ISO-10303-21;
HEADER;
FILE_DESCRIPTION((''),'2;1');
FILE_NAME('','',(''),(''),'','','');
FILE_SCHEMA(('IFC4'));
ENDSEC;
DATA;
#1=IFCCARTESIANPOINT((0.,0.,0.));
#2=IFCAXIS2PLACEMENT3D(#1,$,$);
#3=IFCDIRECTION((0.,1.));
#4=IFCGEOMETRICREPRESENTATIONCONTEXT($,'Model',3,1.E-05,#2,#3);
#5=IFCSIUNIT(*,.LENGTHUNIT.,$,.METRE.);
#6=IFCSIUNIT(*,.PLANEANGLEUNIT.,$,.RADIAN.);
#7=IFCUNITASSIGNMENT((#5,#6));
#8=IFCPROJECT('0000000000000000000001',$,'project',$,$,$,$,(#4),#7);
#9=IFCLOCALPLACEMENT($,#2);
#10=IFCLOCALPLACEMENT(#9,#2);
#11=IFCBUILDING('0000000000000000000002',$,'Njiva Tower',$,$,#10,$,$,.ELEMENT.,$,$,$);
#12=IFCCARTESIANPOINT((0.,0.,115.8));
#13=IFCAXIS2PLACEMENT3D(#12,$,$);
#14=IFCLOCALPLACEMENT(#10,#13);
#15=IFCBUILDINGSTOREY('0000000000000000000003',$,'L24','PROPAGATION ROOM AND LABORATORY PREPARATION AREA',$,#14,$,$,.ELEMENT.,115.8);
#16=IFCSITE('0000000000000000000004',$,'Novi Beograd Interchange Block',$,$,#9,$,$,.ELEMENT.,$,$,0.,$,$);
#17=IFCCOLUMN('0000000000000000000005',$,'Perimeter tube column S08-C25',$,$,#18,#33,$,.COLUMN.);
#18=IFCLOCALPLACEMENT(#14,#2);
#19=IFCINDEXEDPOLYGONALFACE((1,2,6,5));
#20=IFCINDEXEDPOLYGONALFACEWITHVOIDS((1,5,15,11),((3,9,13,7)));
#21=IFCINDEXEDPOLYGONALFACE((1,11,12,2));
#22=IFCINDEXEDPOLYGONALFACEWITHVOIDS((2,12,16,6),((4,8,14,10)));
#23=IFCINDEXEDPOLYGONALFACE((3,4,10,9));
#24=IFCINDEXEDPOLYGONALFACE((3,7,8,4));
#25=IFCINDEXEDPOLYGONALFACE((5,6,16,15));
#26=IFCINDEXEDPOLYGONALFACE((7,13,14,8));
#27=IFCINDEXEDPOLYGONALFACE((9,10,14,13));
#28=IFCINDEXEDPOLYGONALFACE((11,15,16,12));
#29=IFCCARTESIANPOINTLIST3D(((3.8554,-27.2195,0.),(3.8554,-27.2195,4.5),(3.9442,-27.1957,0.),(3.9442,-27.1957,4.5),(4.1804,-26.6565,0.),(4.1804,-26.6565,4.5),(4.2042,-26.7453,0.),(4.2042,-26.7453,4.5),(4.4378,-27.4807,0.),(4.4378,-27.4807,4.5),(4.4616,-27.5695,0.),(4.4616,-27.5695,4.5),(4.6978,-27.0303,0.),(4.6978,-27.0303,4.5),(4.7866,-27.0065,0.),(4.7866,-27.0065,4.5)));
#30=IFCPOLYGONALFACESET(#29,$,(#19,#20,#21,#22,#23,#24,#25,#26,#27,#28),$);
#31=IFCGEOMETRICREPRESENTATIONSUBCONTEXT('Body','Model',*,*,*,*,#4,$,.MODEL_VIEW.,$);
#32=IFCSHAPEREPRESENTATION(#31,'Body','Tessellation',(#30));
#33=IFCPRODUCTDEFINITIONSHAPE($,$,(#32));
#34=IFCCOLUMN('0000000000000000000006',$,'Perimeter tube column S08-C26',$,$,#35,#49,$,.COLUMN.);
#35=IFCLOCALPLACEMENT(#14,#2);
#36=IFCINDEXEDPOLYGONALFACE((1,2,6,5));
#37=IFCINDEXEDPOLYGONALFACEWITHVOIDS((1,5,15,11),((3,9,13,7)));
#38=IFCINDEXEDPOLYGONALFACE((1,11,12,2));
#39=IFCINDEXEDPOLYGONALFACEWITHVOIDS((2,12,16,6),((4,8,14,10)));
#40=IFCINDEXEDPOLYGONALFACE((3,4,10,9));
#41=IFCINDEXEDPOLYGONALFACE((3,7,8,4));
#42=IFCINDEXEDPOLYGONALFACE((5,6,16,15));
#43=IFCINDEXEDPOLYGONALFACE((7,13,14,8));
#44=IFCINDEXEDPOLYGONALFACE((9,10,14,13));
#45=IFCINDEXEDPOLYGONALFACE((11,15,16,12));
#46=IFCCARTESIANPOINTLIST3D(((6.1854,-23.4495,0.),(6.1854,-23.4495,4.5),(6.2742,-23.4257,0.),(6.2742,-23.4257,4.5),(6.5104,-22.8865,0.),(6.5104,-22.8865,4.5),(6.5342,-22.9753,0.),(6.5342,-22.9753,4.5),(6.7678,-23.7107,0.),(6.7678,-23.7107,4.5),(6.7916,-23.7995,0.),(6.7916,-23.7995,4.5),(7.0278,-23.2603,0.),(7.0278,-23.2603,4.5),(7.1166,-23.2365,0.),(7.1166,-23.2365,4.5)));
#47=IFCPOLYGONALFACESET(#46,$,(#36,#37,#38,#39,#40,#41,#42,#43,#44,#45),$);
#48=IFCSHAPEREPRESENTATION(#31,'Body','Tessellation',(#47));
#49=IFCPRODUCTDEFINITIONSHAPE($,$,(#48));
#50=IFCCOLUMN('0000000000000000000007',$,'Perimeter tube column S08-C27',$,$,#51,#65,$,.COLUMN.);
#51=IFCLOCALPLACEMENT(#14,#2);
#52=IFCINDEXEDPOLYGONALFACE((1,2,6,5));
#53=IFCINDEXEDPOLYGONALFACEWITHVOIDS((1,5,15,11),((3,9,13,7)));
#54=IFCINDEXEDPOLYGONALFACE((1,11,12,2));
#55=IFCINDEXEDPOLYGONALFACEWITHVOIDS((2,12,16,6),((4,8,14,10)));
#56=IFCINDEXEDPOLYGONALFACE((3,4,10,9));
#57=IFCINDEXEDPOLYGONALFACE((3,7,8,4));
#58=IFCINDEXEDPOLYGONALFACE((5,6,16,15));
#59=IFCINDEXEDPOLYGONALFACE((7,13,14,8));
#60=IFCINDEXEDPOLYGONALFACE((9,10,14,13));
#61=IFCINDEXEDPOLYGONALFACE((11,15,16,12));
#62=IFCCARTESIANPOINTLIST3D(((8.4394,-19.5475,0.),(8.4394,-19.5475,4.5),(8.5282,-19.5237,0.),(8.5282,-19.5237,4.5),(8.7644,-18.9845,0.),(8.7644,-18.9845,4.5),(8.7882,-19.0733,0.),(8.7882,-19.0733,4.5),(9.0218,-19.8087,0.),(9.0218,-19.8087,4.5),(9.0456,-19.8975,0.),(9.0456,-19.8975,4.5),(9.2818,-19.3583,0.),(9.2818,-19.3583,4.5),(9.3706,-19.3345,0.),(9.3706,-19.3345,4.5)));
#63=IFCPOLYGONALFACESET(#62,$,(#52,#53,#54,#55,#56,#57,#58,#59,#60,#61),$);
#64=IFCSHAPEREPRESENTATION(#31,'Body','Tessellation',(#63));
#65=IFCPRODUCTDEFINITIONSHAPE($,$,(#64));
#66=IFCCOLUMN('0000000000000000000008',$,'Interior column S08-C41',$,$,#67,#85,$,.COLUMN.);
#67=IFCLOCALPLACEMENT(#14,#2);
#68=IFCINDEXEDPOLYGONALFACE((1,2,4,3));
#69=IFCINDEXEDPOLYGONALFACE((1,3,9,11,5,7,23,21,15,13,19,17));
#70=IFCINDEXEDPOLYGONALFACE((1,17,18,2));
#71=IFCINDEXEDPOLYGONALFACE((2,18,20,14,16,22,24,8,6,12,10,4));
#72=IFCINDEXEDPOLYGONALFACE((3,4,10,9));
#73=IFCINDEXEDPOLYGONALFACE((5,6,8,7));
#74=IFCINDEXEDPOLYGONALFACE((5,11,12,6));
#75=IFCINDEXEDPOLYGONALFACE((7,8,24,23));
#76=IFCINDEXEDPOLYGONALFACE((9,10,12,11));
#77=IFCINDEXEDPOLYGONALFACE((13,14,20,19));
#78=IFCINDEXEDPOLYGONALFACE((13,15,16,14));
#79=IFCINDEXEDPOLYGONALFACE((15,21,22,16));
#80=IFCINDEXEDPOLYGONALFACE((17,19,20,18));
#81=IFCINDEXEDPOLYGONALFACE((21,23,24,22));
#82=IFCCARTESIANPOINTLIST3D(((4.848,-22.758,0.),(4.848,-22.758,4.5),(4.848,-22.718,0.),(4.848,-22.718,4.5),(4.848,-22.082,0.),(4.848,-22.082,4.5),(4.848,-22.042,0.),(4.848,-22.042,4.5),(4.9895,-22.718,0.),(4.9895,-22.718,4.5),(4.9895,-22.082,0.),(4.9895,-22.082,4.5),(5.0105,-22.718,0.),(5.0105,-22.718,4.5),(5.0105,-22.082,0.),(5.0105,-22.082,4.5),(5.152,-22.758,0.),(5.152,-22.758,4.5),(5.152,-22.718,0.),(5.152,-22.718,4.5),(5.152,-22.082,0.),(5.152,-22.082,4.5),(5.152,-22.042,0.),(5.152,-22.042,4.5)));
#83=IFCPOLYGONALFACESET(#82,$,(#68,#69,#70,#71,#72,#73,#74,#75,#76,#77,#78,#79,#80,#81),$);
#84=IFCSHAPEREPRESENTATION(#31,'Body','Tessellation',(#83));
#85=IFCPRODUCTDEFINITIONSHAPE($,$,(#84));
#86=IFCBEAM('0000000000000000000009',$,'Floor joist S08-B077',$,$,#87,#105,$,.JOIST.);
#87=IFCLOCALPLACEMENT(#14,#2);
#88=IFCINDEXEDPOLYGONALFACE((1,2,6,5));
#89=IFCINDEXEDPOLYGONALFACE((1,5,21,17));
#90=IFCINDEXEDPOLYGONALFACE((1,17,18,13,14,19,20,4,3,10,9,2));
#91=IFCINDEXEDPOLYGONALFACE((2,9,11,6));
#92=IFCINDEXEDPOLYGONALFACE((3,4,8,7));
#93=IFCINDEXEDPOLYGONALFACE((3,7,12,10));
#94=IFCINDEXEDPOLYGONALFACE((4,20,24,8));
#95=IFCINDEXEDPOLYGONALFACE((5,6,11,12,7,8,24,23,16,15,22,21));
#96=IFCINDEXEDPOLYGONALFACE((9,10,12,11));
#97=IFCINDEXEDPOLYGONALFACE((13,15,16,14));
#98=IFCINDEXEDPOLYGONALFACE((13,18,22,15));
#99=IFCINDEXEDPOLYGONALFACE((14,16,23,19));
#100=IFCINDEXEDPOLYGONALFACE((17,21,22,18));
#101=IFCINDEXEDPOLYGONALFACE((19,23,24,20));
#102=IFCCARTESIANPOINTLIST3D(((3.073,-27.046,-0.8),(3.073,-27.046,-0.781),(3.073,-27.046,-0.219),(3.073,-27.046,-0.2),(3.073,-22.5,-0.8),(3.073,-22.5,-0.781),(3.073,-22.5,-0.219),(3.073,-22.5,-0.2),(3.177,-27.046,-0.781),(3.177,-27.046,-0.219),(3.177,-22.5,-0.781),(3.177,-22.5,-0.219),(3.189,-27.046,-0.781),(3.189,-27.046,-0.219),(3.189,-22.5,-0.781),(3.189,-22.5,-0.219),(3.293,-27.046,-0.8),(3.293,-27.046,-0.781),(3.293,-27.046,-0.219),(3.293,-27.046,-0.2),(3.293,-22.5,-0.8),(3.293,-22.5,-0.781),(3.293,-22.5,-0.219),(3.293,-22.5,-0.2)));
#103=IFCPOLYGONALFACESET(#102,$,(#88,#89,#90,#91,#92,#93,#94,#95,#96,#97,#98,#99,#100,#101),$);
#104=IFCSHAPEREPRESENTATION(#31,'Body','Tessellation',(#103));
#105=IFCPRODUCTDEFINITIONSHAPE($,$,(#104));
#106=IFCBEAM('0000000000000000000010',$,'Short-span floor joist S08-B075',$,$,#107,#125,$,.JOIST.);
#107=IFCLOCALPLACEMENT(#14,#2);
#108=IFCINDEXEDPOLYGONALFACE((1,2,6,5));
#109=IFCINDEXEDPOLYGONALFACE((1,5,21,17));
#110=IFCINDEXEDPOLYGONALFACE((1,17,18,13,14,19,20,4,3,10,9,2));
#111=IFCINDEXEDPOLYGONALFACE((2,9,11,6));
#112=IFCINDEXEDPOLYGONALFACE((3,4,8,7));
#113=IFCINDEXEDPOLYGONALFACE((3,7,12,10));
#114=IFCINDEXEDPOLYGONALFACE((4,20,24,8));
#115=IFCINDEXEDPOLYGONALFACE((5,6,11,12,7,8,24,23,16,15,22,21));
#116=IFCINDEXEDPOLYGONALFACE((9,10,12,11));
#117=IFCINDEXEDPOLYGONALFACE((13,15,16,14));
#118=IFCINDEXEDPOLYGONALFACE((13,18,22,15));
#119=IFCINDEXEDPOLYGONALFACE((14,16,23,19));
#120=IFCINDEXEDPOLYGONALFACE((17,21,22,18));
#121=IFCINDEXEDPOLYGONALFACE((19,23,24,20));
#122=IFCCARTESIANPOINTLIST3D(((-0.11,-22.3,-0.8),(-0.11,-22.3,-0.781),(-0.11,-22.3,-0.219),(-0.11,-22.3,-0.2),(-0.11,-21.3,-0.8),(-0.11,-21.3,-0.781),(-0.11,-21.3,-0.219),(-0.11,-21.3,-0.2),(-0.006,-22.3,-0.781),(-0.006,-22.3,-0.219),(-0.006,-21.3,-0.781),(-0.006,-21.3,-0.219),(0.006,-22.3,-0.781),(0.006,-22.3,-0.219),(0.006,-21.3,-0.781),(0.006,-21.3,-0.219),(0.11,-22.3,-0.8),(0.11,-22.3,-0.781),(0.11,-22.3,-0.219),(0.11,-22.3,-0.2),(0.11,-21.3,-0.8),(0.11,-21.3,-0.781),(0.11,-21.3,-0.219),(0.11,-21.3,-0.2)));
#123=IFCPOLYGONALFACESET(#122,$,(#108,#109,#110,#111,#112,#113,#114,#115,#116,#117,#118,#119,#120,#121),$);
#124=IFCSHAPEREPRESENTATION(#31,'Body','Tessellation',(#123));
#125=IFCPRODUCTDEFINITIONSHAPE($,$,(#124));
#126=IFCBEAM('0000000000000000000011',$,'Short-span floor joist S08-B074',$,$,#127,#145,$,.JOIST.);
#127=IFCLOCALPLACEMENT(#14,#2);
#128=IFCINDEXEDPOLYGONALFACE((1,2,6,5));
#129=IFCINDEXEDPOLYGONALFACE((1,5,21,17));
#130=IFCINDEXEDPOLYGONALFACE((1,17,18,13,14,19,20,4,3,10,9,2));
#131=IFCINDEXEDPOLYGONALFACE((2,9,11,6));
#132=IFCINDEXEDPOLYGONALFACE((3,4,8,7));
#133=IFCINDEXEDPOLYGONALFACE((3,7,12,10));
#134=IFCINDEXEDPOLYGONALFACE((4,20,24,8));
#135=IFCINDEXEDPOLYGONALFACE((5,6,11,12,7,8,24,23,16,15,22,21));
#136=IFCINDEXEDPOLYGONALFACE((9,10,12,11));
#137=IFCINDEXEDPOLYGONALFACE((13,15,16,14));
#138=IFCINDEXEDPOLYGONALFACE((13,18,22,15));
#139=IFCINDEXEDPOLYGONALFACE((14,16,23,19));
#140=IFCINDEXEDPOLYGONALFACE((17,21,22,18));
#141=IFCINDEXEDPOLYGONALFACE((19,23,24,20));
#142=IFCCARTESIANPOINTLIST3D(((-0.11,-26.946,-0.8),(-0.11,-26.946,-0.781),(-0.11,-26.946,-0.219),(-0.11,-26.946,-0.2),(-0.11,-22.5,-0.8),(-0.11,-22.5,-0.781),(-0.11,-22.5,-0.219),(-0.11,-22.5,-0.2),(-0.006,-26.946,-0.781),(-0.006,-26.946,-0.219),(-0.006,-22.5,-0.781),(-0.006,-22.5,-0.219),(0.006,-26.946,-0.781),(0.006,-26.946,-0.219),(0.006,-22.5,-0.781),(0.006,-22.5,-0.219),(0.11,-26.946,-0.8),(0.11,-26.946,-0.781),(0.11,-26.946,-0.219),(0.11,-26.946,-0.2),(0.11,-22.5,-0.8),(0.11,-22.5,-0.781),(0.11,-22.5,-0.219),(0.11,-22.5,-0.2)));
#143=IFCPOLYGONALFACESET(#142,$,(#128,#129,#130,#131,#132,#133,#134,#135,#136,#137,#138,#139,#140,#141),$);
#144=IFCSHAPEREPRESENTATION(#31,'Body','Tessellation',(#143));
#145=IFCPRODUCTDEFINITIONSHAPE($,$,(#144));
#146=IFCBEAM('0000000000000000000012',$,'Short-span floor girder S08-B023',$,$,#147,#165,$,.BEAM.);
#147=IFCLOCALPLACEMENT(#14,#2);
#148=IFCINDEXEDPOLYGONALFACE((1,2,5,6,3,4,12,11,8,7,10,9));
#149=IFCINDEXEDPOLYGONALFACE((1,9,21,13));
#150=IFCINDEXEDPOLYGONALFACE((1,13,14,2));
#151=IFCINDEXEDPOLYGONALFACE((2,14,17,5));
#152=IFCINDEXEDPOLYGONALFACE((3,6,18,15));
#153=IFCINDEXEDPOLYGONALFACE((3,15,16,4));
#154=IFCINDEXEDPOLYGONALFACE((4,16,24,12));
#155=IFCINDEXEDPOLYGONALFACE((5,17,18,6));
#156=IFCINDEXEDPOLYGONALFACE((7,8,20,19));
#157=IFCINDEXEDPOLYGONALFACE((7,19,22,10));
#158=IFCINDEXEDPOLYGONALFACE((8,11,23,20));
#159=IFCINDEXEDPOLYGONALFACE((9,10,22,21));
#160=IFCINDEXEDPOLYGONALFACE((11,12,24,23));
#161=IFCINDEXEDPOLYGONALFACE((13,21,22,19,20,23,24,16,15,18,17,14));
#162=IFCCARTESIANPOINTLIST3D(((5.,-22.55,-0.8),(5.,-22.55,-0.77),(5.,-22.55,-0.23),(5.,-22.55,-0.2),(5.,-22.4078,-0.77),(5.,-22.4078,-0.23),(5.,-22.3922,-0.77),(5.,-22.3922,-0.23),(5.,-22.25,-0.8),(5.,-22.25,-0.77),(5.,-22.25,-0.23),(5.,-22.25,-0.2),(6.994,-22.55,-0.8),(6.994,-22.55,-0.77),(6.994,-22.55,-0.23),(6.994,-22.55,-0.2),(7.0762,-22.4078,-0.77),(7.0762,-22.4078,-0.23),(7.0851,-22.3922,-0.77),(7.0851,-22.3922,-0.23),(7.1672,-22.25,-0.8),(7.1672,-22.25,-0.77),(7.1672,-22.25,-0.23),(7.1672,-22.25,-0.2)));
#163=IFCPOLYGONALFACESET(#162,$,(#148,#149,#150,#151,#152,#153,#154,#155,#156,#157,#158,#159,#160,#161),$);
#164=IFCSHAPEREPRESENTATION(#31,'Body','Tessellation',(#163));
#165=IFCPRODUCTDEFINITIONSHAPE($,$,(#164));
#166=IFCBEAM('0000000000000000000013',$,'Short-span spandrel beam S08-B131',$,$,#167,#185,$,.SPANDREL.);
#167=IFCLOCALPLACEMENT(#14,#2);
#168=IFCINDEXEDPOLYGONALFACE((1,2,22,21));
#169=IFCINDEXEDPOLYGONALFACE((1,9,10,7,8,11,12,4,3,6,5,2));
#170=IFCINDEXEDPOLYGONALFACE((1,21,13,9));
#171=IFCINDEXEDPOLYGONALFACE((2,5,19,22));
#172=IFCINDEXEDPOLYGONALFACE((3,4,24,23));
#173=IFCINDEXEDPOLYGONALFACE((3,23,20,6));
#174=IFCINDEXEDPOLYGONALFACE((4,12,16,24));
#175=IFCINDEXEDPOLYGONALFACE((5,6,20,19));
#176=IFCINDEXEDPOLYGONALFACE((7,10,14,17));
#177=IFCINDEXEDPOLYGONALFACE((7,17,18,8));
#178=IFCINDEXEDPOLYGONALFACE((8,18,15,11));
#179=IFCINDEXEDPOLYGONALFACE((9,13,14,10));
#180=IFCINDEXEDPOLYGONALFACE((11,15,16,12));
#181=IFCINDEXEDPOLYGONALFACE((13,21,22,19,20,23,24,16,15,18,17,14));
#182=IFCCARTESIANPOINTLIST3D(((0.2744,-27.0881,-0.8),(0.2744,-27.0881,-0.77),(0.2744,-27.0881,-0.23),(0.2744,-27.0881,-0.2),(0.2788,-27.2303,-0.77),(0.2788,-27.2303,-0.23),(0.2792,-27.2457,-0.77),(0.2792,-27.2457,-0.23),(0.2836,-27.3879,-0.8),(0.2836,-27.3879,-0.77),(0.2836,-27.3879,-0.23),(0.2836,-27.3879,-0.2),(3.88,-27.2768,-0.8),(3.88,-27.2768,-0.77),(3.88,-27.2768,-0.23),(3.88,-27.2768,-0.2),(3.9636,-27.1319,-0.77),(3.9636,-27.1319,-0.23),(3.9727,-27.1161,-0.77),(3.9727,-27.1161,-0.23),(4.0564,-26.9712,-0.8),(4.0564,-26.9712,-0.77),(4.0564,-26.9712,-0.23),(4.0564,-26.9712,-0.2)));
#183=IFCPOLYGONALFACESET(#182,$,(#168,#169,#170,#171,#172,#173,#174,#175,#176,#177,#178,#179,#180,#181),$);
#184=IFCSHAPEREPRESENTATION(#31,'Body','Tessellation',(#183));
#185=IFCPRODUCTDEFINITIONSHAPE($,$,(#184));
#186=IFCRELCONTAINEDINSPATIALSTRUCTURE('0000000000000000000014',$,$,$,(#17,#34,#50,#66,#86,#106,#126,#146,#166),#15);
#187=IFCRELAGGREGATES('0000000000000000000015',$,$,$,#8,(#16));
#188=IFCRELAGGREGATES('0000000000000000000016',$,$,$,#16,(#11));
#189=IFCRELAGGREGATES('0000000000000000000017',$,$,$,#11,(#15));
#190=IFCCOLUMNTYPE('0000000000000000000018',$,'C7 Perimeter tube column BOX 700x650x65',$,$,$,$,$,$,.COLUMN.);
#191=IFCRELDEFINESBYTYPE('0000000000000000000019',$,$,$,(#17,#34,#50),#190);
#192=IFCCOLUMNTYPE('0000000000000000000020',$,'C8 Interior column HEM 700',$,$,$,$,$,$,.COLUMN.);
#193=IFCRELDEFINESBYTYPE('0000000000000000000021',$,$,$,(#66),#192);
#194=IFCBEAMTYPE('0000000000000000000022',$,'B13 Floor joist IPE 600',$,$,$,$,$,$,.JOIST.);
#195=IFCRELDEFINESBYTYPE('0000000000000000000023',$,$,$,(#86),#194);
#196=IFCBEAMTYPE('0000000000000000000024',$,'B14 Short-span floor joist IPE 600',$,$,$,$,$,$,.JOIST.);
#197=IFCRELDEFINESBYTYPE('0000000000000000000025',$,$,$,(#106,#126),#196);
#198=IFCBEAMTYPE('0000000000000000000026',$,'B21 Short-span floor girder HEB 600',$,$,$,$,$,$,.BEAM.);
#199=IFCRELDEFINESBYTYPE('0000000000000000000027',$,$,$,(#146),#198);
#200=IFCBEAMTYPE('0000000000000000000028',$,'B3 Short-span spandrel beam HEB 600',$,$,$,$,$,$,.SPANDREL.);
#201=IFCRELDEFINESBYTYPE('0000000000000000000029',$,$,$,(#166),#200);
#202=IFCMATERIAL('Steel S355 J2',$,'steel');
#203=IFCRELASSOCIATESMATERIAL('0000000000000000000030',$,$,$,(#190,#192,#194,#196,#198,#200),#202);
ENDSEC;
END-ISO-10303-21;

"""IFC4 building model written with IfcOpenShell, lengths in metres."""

from ifc_helpers import new_model, si_unit, direction, frame, origin, origin_2d, place, context, subcontext, project, spatial, hollow_rectangle, i_section, extrude, clip, halfspace, material, material_profile, profile_set, type_object, element, save


model = new_model("IFC4")

# Units and contexts
model_context = context("Model", 3, precision=1e-05, world=origin(), true_north=direction((0.0, 1.0)))
body_context = subcontext(model_context, "Body", "Model", "MODEL_VIEW")
ifc_project = project(units=[si_unit("LENGTHUNIT", "METRE"), si_unit("PLANEANGLEUNIT", "RADIAN")], contexts=[model_context])

# Site, building, storey
site_placement = place(None, origin())
site = spatial("IfcSite", under=ifc_project, at=site_placement, Name="Novi Beograd Interchange Block", CompositionType="ELEMENT", RefElevation=0.0)
building_placement = place(site_placement, origin())
building = spatial("IfcBuilding", under=site, at=building_placement, Name="Njiva Tower", CompositionType="ELEMENT")
storey_placement = place(building_placement, frame((0.0, 0.0, 115.8)))
storey = spatial("IfcBuildingStorey", under=building, at=storey_placement, Name="L24", Description="PROPAGATION ROOM AND LABORATORY PREPARATION AREA", CompositionType="ELEMENT", Elevation=115.8)

# Columns
ifc_material_1 = material(Name="Steel S355 J2", Category="steel")
ifc_material_profile_1 = material_profile(ifc_material_1, hollow_rectangle(XDim=0.65, YDim=0.7, WallThickness=0.065, at=origin_2d()), Name="BOX 700x650x65")
ifc_profile_set_1 = profile_set([ifc_material_profile_1], Name="Steel S355 J2")
column_type_1 = type_object("IfcColumnType", Name="C7 Perimeter tube column BOX 700x650x65", PredefinedType="COLUMN", material=ifc_profile_set_1)
for number, where, z_axis, x_axis, name in (
    (1, (4.321, -27.113, 0.0), (0.0, 0.0, 1.0), (0.5, 0.866025, 0.0), "Perimeter tube column S08-C25"),
    (2, (6.651, -23.343, 0.0), (0.0, 0.0, 1.0), (0.5, 0.866025, 0.0), "Perimeter tube column S08-C26"),
    (3, (8.905, -19.441, 0.0), (0.0, 0.0, 1.0), (0.5, 0.866025, 0.0), "Perimeter tube column S08-C27"),
):
    element("IfcColumn", number, at=place(storey_placement, frame(where, z_axis=z_axis, x_axis=x_axis)), inside=storey, type_object=column_type_1, Name=name, PredefinedType="COLUMN", context=body_context, shape_type="SweptSolid", body=[
        extrude(hollow_rectangle(XDim=0.65, YDim=0.7, WallThickness=0.065, at=origin_2d()), origin(), (0.0, 0.0, 1.0), 4.5),
    ])
ifc_material_profile_2 = material_profile(ifc_material_1, i_section(OverallWidth=0.304, OverallDepth=0.716, WebThickness=0.021, FlangeThickness=0.04, at=origin_2d()), Name="HEM 700")
ifc_profile_set_2 = profile_set([ifc_material_profile_2], Name="Steel S355 J2")
column_type_2 = type_object("IfcColumnType", Name="C8 Interior column HEM 700", PredefinedType="COLUMN", material=ifc_profile_set_2)
column_placement = place(storey_placement, frame((5.0, -22.4, 0.0), z_axis=(0.0, 0.0, 1.0), x_axis=(1.0, 0.0, 0.0)))
element("IfcColumn", 4, at=column_placement, inside=storey, type_object=column_type_2, Name="Interior column S08-C41", PredefinedType="COLUMN", context=body_context, shape_type="SweptSolid", body=[
    extrude(i_section(OverallWidth=0.304, OverallDepth=0.716, WebThickness=0.021, FlangeThickness=0.04, at=origin_2d()), origin(), (0.0, 0.0, 1.0), 4.5),
])

# Beams
ifc_material_profile_3 = material_profile(ifc_material_1, i_section(OverallWidth=0.22, OverallDepth=0.6, WebThickness=0.012, FlangeThickness=0.019, at=origin_2d()), Name="IPE 600")
ifc_profile_set_3 = profile_set([ifc_material_profile_3], Name="Steel S355 J2")
beam_type_1 = type_object("IfcBeamType", Name="B13 Floor joist IPE 600", PredefinedType="JOIST", material=ifc_profile_set_3)
beam_1_placement = place(storey_placement, frame((3.183, -22.5, -0.5), z_axis=(0.0, -1.0, 0.0), x_axis=(1.0, 0.0, 0.0)))
element("IfcBeam", 5, at=beam_1_placement, inside=storey, type_object=beam_type_1, Name="Floor joist S08-B077", PredefinedType="JOIST", context=body_context, shape_type="SweptSolid", body=[
    extrude(i_section(OverallWidth=0.22, OverallDepth=0.6, WebThickness=0.012, FlangeThickness=0.019, at=origin_2d()), origin(), (0.0, 0.0, 1.0), 4.546),
])
ifc_material_profile_4 = material_profile(ifc_material_1, i_section(OverallWidth=0.22, OverallDepth=0.6, WebThickness=0.012, FlangeThickness=0.019, at=origin_2d()), Name="IPE 600")
ifc_profile_set_4 = profile_set([ifc_material_profile_4], Name="Steel S355 J2")
beam_type_2 = type_object("IfcBeamType", Name="B14 Short-span floor joist IPE 600", PredefinedType="JOIST", material=ifc_profile_set_4)
beam_2_placement = place(storey_placement, frame((0.0, -21.3, -0.5), z_axis=(0.0, -1.0, 0.0), x_axis=(1.0, 0.0, 0.0)))
element("IfcBeam", 6, at=beam_2_placement, inside=storey, type_object=beam_type_2, Name="Short-span floor joist S08-B075", PredefinedType="JOIST", context=body_context, shape_type="SweptSolid", body=[
    extrude(i_section(OverallWidth=0.22, OverallDepth=0.6, WebThickness=0.012, FlangeThickness=0.019, at=origin_2d()), origin(), (0.0, 0.0, 1.0), 1.0),
])
beam_3_placement = place(storey_placement, frame((0.0, -22.5, -0.5), z_axis=(0.0, -1.0, 0.0), x_axis=(1.0, 0.0, 0.0)))
element("IfcBeam", 7, at=beam_3_placement, inside=storey, type_object=beam_type_2, Name="Short-span floor joist S08-B074", PredefinedType="JOIST", context=body_context, shape_type="SweptSolid", body=[
    extrude(i_section(OverallWidth=0.22, OverallDepth=0.6, WebThickness=0.012, FlangeThickness=0.019, at=origin_2d()), origin(), (0.0, 0.0, 1.0), 4.446),
])
ifc_material_profile_5 = material_profile(ifc_material_1, i_section(OverallWidth=0.3, OverallDepth=0.6, WebThickness=0.0155, FlangeThickness=0.03, at=origin_2d()), Name="HEB 600")
ifc_profile_set_5 = profile_set([ifc_material_profile_5], Name="Steel S355 J2")
beam_type_3 = type_object("IfcBeamType", Name="B21 Short-span floor girder HEB 600", PredefinedType="BEAM", material=ifc_profile_set_5)
beam_4_placement = place(storey_placement, frame((5.0, -22.4, -0.5), z_axis=(1.0, 0.0, 0.0), x_axis=(0.0, 1.0, 0.0)))
element("IfcBeam", 8, at=beam_4_placement, inside=storey, type_object=beam_type_3, Name="Short-span floor girder S08-B023", PredefinedType="BEAM", context=body_context, shape_type="Clipping", body=[
    clip(extrude(i_section(OverallWidth=0.3, OverallDepth=0.6, WebThickness=0.0155, FlangeThickness=0.03, at=origin_2d()), origin(), (0.0, 0.0, 1.0), 2.188), halfspace(frame((-0.025, 0.0, 2.0662), z_axis=(-0.499998, 0.0, 0.866027), x_axis=(0.0, 1.0, 0.0)), False)),
])
ifc_material_profile_6 = material_profile(ifc_material_1, i_section(OverallWidth=0.3, OverallDepth=0.6, WebThickness=0.0155, FlangeThickness=0.03, at=origin_2d()), Name="HEB 600")
ifc_profile_set_6 = profile_set([ifc_material_profile_6], Name="Steel S355 J2")
beam_type_4 = type_object("IfcBeamType", Name="B3 Short-span spandrel beam HEB 600", PredefinedType="SPANDREL", material=ifc_profile_set_6)
beam_5_placement = place(storey_placement, frame((0.279, -27.238, -0.5), z_axis=(0.999523, 0.030888, 0.0), x_axis=(-0.030888, 0.999523, 0.0)))
element("IfcBeam", 9, at=beam_5_placement, inside=storey, type_object=beam_type_4, Name="Short-span spandrel beam S08-B131", PredefinedType="SPANDREL", context=body_context, shape_type="Clipping", body=[
    clip(extrude(i_section(OverallWidth=0.3, OverallDepth=0.6, WebThickness=0.0155, FlangeThickness=0.03, at=origin_2d()), origin(), (0.0, 0.0, 1.0), 3.8038), halfspace(frame((-0.0264, 0.0, 3.6746), z_axis=(-0.526509, 0.0, 0.850169), x_axis=(0.0, 1.0, 0.0)), False)),
])

save(model, "model.ifc")
